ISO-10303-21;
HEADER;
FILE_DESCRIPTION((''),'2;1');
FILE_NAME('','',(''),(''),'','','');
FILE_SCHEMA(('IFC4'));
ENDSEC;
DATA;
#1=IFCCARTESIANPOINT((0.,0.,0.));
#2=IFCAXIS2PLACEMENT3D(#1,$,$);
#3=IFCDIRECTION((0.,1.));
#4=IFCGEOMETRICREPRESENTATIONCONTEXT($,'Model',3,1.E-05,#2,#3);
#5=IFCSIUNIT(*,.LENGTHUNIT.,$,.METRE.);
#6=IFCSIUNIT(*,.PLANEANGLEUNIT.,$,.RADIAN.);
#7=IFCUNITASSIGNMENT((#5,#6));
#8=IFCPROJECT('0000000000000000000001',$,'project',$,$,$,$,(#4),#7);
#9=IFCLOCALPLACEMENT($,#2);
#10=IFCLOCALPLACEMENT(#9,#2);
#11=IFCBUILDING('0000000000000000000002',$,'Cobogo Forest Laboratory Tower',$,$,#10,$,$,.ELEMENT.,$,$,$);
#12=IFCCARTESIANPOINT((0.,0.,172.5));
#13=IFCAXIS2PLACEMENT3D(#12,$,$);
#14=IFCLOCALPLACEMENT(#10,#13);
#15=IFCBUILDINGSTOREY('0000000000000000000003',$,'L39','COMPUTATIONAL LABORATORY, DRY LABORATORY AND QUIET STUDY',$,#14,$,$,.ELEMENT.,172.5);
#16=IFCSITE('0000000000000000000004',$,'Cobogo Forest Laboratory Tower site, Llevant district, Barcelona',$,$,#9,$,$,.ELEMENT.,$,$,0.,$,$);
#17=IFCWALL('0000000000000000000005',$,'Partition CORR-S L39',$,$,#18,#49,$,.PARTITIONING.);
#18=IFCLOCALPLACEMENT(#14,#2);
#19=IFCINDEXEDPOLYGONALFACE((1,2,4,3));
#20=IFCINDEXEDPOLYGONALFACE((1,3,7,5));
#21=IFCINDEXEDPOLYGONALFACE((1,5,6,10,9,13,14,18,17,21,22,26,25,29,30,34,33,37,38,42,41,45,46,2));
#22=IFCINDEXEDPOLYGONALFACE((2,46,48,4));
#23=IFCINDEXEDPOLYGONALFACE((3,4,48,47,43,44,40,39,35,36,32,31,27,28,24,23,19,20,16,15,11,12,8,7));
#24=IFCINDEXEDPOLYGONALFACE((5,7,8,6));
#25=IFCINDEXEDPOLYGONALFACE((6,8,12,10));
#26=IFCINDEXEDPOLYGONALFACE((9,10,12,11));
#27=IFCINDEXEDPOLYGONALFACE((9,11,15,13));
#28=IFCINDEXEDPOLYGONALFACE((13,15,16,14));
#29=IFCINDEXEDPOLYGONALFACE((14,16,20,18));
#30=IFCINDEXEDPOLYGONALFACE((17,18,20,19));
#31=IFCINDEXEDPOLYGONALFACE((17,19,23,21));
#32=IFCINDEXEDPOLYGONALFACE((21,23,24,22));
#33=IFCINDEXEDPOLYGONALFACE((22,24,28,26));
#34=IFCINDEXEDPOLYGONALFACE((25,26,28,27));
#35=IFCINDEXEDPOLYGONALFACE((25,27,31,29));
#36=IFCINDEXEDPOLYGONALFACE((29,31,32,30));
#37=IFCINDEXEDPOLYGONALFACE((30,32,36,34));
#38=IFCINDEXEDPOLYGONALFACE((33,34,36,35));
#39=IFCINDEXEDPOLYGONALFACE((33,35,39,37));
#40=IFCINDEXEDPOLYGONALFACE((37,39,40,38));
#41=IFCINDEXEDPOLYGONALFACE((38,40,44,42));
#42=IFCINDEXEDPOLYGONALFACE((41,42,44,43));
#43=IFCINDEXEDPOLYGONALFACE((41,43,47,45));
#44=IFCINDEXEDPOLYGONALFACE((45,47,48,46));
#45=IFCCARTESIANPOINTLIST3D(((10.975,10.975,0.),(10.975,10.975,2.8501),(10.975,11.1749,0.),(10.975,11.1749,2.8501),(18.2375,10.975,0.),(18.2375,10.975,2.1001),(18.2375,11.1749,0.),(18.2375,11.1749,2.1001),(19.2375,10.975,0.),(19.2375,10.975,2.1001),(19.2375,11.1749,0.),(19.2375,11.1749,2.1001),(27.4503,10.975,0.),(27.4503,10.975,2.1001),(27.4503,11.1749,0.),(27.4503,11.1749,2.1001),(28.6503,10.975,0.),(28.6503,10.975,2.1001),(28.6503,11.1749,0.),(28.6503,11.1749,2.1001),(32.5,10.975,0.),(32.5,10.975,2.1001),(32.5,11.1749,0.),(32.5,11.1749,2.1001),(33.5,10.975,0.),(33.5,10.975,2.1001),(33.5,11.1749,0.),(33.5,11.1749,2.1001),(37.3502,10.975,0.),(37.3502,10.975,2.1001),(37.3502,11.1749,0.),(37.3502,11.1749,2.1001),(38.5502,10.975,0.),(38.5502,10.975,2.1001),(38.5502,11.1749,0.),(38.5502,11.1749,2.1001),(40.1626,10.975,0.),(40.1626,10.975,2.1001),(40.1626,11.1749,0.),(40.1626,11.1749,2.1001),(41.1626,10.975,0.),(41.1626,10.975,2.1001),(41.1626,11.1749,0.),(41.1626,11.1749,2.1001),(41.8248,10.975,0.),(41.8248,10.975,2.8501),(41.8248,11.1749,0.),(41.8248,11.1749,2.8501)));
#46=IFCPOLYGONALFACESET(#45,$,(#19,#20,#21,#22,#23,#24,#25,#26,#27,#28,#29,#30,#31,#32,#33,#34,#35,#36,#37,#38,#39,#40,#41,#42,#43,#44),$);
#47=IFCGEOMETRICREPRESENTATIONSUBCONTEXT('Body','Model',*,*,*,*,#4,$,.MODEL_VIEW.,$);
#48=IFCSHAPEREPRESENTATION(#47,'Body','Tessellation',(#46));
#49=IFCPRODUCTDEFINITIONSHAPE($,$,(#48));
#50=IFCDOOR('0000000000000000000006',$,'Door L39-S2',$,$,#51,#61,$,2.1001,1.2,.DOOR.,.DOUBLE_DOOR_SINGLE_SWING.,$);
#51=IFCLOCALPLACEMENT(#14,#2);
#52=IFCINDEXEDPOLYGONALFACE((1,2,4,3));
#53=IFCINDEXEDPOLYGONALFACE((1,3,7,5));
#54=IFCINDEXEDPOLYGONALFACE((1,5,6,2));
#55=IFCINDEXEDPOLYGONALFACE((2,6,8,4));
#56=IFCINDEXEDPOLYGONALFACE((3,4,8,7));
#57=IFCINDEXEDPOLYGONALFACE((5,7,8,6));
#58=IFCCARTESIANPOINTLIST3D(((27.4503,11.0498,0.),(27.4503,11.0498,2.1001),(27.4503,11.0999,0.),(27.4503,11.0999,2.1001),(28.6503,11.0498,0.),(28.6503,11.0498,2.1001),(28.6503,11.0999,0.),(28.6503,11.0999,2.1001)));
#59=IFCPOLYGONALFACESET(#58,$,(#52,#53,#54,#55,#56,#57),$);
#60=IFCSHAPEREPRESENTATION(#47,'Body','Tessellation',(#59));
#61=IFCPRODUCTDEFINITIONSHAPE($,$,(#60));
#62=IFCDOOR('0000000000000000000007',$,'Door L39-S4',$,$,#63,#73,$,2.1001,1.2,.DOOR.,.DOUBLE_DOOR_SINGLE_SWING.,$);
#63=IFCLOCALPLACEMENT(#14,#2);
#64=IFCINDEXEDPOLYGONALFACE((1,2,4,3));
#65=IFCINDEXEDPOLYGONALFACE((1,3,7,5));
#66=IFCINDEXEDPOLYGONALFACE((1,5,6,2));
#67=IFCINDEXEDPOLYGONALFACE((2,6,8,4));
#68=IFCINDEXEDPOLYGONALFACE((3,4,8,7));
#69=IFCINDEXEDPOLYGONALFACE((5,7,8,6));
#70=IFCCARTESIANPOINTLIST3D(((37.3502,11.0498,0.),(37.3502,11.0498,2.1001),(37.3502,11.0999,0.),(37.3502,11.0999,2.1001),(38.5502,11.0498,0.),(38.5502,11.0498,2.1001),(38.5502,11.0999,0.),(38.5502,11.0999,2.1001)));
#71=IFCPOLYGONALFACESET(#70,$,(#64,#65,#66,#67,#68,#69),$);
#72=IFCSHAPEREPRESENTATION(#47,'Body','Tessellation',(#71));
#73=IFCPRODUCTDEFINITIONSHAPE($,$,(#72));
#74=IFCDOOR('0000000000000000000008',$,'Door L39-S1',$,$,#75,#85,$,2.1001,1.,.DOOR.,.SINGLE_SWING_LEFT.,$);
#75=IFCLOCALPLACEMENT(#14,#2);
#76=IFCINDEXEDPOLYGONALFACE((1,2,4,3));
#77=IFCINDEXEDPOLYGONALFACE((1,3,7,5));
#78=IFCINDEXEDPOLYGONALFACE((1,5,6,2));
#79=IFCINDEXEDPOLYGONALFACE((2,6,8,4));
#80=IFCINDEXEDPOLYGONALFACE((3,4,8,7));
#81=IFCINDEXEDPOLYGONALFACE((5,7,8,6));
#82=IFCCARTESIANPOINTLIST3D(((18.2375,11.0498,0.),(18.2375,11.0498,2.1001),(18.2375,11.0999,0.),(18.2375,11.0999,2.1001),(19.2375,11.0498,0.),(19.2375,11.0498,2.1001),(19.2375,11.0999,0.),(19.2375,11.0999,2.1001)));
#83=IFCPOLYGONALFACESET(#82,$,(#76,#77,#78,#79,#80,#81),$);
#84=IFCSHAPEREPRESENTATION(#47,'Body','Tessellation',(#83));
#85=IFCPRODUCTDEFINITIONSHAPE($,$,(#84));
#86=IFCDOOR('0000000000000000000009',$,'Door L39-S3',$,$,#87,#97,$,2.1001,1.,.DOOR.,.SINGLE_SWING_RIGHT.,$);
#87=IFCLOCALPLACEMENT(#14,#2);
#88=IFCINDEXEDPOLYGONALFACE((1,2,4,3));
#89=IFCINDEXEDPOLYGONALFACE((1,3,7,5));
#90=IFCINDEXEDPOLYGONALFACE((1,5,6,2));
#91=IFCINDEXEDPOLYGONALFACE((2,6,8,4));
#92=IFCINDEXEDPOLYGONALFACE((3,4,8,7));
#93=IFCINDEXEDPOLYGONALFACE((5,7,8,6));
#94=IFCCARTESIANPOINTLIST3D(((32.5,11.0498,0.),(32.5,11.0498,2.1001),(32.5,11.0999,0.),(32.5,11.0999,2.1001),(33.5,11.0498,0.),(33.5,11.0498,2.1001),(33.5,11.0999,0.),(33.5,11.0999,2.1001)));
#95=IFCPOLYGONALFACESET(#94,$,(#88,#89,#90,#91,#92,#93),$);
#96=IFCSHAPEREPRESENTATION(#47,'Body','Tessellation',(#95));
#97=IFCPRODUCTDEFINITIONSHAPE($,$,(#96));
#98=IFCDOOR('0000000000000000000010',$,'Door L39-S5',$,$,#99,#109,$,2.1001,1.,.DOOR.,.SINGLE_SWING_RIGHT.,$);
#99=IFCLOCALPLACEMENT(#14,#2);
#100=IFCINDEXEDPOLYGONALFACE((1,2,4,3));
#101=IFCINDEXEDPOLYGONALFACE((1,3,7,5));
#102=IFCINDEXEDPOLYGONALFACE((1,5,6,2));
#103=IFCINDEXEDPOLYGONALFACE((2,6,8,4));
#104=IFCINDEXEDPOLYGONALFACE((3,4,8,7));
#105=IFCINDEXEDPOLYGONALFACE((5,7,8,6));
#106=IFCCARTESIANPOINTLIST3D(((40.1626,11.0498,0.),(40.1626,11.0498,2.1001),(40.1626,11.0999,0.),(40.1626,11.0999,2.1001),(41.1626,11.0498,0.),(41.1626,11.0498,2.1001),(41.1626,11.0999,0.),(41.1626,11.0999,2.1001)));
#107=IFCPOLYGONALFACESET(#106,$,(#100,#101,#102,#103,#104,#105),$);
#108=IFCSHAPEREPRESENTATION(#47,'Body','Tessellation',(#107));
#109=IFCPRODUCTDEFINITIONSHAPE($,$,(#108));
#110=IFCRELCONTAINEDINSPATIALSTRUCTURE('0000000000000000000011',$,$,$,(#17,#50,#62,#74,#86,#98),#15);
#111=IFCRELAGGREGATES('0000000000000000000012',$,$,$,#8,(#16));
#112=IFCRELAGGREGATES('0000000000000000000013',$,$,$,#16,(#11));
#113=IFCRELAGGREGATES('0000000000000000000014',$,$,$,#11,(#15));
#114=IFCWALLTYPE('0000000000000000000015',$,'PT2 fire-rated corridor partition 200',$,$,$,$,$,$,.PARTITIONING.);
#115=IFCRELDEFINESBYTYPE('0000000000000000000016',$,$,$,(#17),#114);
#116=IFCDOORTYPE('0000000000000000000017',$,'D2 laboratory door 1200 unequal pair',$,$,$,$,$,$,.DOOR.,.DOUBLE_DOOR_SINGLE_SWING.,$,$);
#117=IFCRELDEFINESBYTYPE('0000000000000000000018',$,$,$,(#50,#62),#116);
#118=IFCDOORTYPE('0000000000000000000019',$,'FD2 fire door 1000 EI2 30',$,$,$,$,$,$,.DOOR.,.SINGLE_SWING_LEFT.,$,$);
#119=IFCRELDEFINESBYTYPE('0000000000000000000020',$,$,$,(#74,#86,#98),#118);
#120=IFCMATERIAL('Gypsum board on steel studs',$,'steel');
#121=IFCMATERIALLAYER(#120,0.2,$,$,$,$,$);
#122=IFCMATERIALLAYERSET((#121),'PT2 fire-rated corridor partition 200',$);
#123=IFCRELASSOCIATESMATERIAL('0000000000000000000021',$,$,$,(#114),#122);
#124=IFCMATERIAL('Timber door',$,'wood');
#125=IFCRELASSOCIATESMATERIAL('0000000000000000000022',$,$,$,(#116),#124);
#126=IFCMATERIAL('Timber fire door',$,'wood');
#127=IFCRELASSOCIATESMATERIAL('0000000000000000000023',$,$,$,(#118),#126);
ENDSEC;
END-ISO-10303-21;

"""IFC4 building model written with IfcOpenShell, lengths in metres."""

from ifc_helpers import new_model, si_unit, direction, frame, frame_2d, origin, place, context, subcontext, project, spatial, rectangle, extrude, material, layer, layer_set, type_object, element, fill, save


model = new_model("IFC4")

# Units and contexts
model_context = context("Model", 3, precision=1e-05, world=origin(), true_north=direction((0.0, 1.0)))
body_context = subcontext(model_context, "Body", "Model", "MODEL_VIEW")
ifc_project = project(units=[si_unit("LENGTHUNIT", "METRE"), si_unit("PLANEANGLEUNIT", "RADIAN")], contexts=[model_context])

# Site, building, storey
site_placement = place(None, origin())
site = spatial("IfcSite", under=ifc_project, at=site_placement, Name="Cobogo Forest Laboratory Tower site, Llevant district, Barcelona", CompositionType="ELEMENT", RefElevation=0.0)
building_placement = place(site_placement, origin())
building = spatial("IfcBuilding", under=site, at=building_placement, Name="Cobogo Forest Laboratory Tower", CompositionType="ELEMENT")
storey_placement = place(building_placement, frame((0.0, 0.0, 172.5)))
storey = spatial("IfcBuildingStorey", under=building, at=storey_placement, Name="L39", Description="COMPUTATIONAL LABORATORY, DRY LABORATORY AND QUIET STUDY", CompositionType="ELEMENT", Elevation=172.5)

# Shared definitions
ifc_material_1 = material(Name="Gypsum board on steel studs", Category="steel")

# Wall, openings, doors
ifc_layer_1 = layer(ifc_material_1, 0.2)
ifc_layer_set_1 = layer_set([ifc_layer_1], Name="PT2 fire-rated corridor partition 200")
wall_type_1 = type_object("IfcWallType", Name="PT2 fire-rated corridor partition 200", PredefinedType="PARTITIONING", material=ifc_layer_set_1)
wall_1_placement = place(storey_placement, frame((10.9751, 11.075, 0.0), z_axis=(0.0, 0.0, 1.0), x_axis=(1.0, 0.0, 0.0)))
wall_1 = element("IfcWall", 1, at=wall_1_placement, inside=storey, type_object=wall_type_1, Name="Partition CORR-S L39", PredefinedType="PARTITIONING", context=body_context, shape_type="SweptSolid", body=[
    extrude(rectangle(XDim=30.8499, YDim=0.2, at=frame_2d((15.4248, 0.0))), origin(), (0.0, 0.0, 1.0), 2.8501),
])
opening_1_placement = place(wall_1_placement, frame((7.2625, 0.0, 0.0)))
opening_1 = element("IfcOpeningElement", 2, at=opening_1_placement, cuts=wall_1, PredefinedType="OPENING", context=body_context, shape_type="SweptSolid", body=[
    extrude(rectangle(XDim=1.0, YDim=2.1001, at=frame_2d((0.5, 1.05))), frame((0.0, 0.1099, 0.0), z_axis=(0.0, -1.0, 0.0), x_axis=(1.0, 0.0, 0.0)), (0.0, 0.0, 1.0), 0.22),
])
opening_2_placement = place(wall_1_placement, frame((16.4751, 0.0, 0.0)))
opening_2 = element("IfcOpeningElement", 3, at=opening_2_placement, cuts=wall_1, PredefinedType="OPENING", context=body_context, shape_type="SweptSolid", body=[
    extrude(rectangle(XDim=1.2, YDim=2.1001, at=frame_2d((0.6001, 1.05))), frame((0.0, 0.1099, 0.0), z_axis=(0.0, -1.0, 0.0), x_axis=(1.0, 0.0, 0.0)), (0.0, 0.0, 1.0), 0.22),
])
opening_3_placement = place(wall_1_placement, frame((21.5249, 0.0, 0.0)))
opening_3 = element("IfcOpeningElement", 4, at=opening_3_placement, cuts=wall_1, PredefinedType="OPENING", context=body_context, shape_type="SweptSolid", body=[
    extrude(rectangle(XDim=1.0, YDim=2.1001, at=frame_2d((0.5, 1.05))), frame((0.0, 0.1099, 0.0), z_axis=(0.0, -1.0, 0.0), x_axis=(1.0, 0.0, 0.0)), (0.0, 0.0, 1.0), 0.22),
])
opening_4_placement = place(wall_1_placement, frame((26.375, 0.0, 0.0)))
opening_4 = element("IfcOpeningElement", 5, at=opening_4_placement, cuts=wall_1, PredefinedType="OPENING", context=body_context, shape_type="SweptSolid", body=[
    extrude(rectangle(XDim=1.2, YDim=2.1001, at=frame_2d((0.6001, 1.05))), frame((0.0, 0.1099, 0.0), z_axis=(0.0, -1.0, 0.0), x_axis=(1.0, 0.0, 0.0)), (0.0, 0.0, 1.0), 0.22),
])
opening_5_placement = place(wall_1_placement, frame((29.1875, 0.0, 0.0)))
opening_5 = element("IfcOpeningElement", 6, at=opening_5_placement, cuts=wall_1, PredefinedType="OPENING", context=body_context, shape_type="SweptSolid", body=[
    extrude(rectangle(XDim=1.0, YDim=2.1001, at=frame_2d((0.5, 1.05))), frame((0.0, 0.1099, 0.0), z_axis=(0.0, -1.0, 0.0), x_axis=(1.0, 0.0, 0.0)), (0.0, 0.0, 1.0), 0.22),
])
ifc_material_2 = material(Name="Timber door", Category="wood")
door_type_1 = type_object("IfcDoorType", Name="D2 laboratory door 1200 unequal pair", OperationType="DOUBLE_DOOR_SINGLE_SWING", PredefinedType="DOOR", material=ifc_material_2)
door_1_placement = place(opening_2_placement, origin())
door_1 = element("IfcDoor", 7, at=door_1_placement, inside=storey, type_object=door_type_1, Name="Door L39-S2", OperationType="DOUBLE_DOOR_SINGLE_SWING", OverallHeight=2.1001, OverallWidth=1.2, PredefinedType="DOOR", context=body_context, shape_type="SweptSolid", body=[
    extrude(rectangle(XDim=1.2, YDim=2.1001, at=frame_2d((0.6001, 1.05))), frame((0.0, 0.0249, 0.0), z_axis=(0.0, -1.0, 0.0), x_axis=(1.0, 0.0, 0.0)), (0.0, 0.0, 1.0), 0.05),
])
fill(opening_2, door_1)
door_2_placement = place(opening_4_placement, origin())
door_2 = element("IfcDoor", 8, at=door_2_placement, inside=storey, type_object=door_type_1, Name="Door L39-S4", OperationType="DOUBLE_DOOR_SINGLE_SWING", OverallHeight=2.1001, OverallWidth=1.2, PredefinedType="DOOR", context=body_context, shape_type="SweptSolid", body=[
    extrude(rectangle(XDim=1.2, YDim=2.1001, at=frame_2d((0.6001, 1.05))), frame((0.0, 0.0249, 0.0), z_axis=(0.0, -1.0, 0.0), x_axis=(1.0, 0.0, 0.0)), (0.0, 0.0, 1.0), 0.05),
])
fill(opening_4, door_2)
ifc_material_3 = material(Name="Timber fire door", Category="wood")
door_type_2 = type_object("IfcDoorType", Name="FD2 fire door 1000 EI2 30", OperationType="SINGLE_SWING_LEFT", PredefinedType="DOOR", material=ifc_material_3)
door_3_placement = place(opening_1_placement, origin())
door_3 = element("IfcDoor", 9, at=door_3_placement, inside=storey, type_object=door_type_2, Name="Door L39-S1", OperationType="SINGLE_SWING_LEFT", OverallHeight=2.1001, OverallWidth=1.0, PredefinedType="DOOR", context=body_context, shape_type="SweptSolid", body=[
    extrude(rectangle(XDim=1.0, YDim=2.1001, at=frame_2d((0.5, 1.05))), frame((0.0, 0.0249, 0.0), z_axis=(0.0, -1.0, 0.0), x_axis=(1.0, 0.0, 0.0)), (0.0, 0.0, 1.0), 0.05),
])
fill(opening_1, door_3)
door_4_placement = place(opening_3_placement, origin())
door_4 = element("IfcDoor", 10, at=door_4_placement, inside=storey, type_object=door_type_2, Name="Door L39-S3", OperationType="SINGLE_SWING_RIGHT", OverallHeight=2.1001, OverallWidth=1.0, PredefinedType="DOOR", context=body_context, shape_type="SweptSolid", body=[
    extrude(rectangle(XDim=1.0, YDim=2.1001, at=frame_2d((0.5, 1.05))), frame((0.0, 0.0249, 0.0), z_axis=(0.0, -1.0, 0.0), x_axis=(1.0, 0.0, 0.0)), (0.0, 0.0, 1.0), 0.05),
])
fill(opening_3, door_4)
door_5_placement = place(opening_5_placement, origin())
door_5 = element("IfcDoor", 11, at=door_5_placement, inside=storey, type_object=door_type_2, Name="Door L39-S5", OperationType="SINGLE_SWING_RIGHT", OverallHeight=2.1001, OverallWidth=1.0, PredefinedType="DOOR", context=body_context, shape_type="SweptSolid", body=[
    extrude(rectangle(XDim=1.0, YDim=2.1001, at=frame_2d((0.5, 1.05))), frame((0.0, 0.0249, 0.0), z_axis=(0.0, -1.0, 0.0), x_axis=(1.0, 0.0, 0.0)), (0.0, 0.0, 1.0), 0.05),
])
fill(opening_5, door_5)

save(model, "model.ifc")
